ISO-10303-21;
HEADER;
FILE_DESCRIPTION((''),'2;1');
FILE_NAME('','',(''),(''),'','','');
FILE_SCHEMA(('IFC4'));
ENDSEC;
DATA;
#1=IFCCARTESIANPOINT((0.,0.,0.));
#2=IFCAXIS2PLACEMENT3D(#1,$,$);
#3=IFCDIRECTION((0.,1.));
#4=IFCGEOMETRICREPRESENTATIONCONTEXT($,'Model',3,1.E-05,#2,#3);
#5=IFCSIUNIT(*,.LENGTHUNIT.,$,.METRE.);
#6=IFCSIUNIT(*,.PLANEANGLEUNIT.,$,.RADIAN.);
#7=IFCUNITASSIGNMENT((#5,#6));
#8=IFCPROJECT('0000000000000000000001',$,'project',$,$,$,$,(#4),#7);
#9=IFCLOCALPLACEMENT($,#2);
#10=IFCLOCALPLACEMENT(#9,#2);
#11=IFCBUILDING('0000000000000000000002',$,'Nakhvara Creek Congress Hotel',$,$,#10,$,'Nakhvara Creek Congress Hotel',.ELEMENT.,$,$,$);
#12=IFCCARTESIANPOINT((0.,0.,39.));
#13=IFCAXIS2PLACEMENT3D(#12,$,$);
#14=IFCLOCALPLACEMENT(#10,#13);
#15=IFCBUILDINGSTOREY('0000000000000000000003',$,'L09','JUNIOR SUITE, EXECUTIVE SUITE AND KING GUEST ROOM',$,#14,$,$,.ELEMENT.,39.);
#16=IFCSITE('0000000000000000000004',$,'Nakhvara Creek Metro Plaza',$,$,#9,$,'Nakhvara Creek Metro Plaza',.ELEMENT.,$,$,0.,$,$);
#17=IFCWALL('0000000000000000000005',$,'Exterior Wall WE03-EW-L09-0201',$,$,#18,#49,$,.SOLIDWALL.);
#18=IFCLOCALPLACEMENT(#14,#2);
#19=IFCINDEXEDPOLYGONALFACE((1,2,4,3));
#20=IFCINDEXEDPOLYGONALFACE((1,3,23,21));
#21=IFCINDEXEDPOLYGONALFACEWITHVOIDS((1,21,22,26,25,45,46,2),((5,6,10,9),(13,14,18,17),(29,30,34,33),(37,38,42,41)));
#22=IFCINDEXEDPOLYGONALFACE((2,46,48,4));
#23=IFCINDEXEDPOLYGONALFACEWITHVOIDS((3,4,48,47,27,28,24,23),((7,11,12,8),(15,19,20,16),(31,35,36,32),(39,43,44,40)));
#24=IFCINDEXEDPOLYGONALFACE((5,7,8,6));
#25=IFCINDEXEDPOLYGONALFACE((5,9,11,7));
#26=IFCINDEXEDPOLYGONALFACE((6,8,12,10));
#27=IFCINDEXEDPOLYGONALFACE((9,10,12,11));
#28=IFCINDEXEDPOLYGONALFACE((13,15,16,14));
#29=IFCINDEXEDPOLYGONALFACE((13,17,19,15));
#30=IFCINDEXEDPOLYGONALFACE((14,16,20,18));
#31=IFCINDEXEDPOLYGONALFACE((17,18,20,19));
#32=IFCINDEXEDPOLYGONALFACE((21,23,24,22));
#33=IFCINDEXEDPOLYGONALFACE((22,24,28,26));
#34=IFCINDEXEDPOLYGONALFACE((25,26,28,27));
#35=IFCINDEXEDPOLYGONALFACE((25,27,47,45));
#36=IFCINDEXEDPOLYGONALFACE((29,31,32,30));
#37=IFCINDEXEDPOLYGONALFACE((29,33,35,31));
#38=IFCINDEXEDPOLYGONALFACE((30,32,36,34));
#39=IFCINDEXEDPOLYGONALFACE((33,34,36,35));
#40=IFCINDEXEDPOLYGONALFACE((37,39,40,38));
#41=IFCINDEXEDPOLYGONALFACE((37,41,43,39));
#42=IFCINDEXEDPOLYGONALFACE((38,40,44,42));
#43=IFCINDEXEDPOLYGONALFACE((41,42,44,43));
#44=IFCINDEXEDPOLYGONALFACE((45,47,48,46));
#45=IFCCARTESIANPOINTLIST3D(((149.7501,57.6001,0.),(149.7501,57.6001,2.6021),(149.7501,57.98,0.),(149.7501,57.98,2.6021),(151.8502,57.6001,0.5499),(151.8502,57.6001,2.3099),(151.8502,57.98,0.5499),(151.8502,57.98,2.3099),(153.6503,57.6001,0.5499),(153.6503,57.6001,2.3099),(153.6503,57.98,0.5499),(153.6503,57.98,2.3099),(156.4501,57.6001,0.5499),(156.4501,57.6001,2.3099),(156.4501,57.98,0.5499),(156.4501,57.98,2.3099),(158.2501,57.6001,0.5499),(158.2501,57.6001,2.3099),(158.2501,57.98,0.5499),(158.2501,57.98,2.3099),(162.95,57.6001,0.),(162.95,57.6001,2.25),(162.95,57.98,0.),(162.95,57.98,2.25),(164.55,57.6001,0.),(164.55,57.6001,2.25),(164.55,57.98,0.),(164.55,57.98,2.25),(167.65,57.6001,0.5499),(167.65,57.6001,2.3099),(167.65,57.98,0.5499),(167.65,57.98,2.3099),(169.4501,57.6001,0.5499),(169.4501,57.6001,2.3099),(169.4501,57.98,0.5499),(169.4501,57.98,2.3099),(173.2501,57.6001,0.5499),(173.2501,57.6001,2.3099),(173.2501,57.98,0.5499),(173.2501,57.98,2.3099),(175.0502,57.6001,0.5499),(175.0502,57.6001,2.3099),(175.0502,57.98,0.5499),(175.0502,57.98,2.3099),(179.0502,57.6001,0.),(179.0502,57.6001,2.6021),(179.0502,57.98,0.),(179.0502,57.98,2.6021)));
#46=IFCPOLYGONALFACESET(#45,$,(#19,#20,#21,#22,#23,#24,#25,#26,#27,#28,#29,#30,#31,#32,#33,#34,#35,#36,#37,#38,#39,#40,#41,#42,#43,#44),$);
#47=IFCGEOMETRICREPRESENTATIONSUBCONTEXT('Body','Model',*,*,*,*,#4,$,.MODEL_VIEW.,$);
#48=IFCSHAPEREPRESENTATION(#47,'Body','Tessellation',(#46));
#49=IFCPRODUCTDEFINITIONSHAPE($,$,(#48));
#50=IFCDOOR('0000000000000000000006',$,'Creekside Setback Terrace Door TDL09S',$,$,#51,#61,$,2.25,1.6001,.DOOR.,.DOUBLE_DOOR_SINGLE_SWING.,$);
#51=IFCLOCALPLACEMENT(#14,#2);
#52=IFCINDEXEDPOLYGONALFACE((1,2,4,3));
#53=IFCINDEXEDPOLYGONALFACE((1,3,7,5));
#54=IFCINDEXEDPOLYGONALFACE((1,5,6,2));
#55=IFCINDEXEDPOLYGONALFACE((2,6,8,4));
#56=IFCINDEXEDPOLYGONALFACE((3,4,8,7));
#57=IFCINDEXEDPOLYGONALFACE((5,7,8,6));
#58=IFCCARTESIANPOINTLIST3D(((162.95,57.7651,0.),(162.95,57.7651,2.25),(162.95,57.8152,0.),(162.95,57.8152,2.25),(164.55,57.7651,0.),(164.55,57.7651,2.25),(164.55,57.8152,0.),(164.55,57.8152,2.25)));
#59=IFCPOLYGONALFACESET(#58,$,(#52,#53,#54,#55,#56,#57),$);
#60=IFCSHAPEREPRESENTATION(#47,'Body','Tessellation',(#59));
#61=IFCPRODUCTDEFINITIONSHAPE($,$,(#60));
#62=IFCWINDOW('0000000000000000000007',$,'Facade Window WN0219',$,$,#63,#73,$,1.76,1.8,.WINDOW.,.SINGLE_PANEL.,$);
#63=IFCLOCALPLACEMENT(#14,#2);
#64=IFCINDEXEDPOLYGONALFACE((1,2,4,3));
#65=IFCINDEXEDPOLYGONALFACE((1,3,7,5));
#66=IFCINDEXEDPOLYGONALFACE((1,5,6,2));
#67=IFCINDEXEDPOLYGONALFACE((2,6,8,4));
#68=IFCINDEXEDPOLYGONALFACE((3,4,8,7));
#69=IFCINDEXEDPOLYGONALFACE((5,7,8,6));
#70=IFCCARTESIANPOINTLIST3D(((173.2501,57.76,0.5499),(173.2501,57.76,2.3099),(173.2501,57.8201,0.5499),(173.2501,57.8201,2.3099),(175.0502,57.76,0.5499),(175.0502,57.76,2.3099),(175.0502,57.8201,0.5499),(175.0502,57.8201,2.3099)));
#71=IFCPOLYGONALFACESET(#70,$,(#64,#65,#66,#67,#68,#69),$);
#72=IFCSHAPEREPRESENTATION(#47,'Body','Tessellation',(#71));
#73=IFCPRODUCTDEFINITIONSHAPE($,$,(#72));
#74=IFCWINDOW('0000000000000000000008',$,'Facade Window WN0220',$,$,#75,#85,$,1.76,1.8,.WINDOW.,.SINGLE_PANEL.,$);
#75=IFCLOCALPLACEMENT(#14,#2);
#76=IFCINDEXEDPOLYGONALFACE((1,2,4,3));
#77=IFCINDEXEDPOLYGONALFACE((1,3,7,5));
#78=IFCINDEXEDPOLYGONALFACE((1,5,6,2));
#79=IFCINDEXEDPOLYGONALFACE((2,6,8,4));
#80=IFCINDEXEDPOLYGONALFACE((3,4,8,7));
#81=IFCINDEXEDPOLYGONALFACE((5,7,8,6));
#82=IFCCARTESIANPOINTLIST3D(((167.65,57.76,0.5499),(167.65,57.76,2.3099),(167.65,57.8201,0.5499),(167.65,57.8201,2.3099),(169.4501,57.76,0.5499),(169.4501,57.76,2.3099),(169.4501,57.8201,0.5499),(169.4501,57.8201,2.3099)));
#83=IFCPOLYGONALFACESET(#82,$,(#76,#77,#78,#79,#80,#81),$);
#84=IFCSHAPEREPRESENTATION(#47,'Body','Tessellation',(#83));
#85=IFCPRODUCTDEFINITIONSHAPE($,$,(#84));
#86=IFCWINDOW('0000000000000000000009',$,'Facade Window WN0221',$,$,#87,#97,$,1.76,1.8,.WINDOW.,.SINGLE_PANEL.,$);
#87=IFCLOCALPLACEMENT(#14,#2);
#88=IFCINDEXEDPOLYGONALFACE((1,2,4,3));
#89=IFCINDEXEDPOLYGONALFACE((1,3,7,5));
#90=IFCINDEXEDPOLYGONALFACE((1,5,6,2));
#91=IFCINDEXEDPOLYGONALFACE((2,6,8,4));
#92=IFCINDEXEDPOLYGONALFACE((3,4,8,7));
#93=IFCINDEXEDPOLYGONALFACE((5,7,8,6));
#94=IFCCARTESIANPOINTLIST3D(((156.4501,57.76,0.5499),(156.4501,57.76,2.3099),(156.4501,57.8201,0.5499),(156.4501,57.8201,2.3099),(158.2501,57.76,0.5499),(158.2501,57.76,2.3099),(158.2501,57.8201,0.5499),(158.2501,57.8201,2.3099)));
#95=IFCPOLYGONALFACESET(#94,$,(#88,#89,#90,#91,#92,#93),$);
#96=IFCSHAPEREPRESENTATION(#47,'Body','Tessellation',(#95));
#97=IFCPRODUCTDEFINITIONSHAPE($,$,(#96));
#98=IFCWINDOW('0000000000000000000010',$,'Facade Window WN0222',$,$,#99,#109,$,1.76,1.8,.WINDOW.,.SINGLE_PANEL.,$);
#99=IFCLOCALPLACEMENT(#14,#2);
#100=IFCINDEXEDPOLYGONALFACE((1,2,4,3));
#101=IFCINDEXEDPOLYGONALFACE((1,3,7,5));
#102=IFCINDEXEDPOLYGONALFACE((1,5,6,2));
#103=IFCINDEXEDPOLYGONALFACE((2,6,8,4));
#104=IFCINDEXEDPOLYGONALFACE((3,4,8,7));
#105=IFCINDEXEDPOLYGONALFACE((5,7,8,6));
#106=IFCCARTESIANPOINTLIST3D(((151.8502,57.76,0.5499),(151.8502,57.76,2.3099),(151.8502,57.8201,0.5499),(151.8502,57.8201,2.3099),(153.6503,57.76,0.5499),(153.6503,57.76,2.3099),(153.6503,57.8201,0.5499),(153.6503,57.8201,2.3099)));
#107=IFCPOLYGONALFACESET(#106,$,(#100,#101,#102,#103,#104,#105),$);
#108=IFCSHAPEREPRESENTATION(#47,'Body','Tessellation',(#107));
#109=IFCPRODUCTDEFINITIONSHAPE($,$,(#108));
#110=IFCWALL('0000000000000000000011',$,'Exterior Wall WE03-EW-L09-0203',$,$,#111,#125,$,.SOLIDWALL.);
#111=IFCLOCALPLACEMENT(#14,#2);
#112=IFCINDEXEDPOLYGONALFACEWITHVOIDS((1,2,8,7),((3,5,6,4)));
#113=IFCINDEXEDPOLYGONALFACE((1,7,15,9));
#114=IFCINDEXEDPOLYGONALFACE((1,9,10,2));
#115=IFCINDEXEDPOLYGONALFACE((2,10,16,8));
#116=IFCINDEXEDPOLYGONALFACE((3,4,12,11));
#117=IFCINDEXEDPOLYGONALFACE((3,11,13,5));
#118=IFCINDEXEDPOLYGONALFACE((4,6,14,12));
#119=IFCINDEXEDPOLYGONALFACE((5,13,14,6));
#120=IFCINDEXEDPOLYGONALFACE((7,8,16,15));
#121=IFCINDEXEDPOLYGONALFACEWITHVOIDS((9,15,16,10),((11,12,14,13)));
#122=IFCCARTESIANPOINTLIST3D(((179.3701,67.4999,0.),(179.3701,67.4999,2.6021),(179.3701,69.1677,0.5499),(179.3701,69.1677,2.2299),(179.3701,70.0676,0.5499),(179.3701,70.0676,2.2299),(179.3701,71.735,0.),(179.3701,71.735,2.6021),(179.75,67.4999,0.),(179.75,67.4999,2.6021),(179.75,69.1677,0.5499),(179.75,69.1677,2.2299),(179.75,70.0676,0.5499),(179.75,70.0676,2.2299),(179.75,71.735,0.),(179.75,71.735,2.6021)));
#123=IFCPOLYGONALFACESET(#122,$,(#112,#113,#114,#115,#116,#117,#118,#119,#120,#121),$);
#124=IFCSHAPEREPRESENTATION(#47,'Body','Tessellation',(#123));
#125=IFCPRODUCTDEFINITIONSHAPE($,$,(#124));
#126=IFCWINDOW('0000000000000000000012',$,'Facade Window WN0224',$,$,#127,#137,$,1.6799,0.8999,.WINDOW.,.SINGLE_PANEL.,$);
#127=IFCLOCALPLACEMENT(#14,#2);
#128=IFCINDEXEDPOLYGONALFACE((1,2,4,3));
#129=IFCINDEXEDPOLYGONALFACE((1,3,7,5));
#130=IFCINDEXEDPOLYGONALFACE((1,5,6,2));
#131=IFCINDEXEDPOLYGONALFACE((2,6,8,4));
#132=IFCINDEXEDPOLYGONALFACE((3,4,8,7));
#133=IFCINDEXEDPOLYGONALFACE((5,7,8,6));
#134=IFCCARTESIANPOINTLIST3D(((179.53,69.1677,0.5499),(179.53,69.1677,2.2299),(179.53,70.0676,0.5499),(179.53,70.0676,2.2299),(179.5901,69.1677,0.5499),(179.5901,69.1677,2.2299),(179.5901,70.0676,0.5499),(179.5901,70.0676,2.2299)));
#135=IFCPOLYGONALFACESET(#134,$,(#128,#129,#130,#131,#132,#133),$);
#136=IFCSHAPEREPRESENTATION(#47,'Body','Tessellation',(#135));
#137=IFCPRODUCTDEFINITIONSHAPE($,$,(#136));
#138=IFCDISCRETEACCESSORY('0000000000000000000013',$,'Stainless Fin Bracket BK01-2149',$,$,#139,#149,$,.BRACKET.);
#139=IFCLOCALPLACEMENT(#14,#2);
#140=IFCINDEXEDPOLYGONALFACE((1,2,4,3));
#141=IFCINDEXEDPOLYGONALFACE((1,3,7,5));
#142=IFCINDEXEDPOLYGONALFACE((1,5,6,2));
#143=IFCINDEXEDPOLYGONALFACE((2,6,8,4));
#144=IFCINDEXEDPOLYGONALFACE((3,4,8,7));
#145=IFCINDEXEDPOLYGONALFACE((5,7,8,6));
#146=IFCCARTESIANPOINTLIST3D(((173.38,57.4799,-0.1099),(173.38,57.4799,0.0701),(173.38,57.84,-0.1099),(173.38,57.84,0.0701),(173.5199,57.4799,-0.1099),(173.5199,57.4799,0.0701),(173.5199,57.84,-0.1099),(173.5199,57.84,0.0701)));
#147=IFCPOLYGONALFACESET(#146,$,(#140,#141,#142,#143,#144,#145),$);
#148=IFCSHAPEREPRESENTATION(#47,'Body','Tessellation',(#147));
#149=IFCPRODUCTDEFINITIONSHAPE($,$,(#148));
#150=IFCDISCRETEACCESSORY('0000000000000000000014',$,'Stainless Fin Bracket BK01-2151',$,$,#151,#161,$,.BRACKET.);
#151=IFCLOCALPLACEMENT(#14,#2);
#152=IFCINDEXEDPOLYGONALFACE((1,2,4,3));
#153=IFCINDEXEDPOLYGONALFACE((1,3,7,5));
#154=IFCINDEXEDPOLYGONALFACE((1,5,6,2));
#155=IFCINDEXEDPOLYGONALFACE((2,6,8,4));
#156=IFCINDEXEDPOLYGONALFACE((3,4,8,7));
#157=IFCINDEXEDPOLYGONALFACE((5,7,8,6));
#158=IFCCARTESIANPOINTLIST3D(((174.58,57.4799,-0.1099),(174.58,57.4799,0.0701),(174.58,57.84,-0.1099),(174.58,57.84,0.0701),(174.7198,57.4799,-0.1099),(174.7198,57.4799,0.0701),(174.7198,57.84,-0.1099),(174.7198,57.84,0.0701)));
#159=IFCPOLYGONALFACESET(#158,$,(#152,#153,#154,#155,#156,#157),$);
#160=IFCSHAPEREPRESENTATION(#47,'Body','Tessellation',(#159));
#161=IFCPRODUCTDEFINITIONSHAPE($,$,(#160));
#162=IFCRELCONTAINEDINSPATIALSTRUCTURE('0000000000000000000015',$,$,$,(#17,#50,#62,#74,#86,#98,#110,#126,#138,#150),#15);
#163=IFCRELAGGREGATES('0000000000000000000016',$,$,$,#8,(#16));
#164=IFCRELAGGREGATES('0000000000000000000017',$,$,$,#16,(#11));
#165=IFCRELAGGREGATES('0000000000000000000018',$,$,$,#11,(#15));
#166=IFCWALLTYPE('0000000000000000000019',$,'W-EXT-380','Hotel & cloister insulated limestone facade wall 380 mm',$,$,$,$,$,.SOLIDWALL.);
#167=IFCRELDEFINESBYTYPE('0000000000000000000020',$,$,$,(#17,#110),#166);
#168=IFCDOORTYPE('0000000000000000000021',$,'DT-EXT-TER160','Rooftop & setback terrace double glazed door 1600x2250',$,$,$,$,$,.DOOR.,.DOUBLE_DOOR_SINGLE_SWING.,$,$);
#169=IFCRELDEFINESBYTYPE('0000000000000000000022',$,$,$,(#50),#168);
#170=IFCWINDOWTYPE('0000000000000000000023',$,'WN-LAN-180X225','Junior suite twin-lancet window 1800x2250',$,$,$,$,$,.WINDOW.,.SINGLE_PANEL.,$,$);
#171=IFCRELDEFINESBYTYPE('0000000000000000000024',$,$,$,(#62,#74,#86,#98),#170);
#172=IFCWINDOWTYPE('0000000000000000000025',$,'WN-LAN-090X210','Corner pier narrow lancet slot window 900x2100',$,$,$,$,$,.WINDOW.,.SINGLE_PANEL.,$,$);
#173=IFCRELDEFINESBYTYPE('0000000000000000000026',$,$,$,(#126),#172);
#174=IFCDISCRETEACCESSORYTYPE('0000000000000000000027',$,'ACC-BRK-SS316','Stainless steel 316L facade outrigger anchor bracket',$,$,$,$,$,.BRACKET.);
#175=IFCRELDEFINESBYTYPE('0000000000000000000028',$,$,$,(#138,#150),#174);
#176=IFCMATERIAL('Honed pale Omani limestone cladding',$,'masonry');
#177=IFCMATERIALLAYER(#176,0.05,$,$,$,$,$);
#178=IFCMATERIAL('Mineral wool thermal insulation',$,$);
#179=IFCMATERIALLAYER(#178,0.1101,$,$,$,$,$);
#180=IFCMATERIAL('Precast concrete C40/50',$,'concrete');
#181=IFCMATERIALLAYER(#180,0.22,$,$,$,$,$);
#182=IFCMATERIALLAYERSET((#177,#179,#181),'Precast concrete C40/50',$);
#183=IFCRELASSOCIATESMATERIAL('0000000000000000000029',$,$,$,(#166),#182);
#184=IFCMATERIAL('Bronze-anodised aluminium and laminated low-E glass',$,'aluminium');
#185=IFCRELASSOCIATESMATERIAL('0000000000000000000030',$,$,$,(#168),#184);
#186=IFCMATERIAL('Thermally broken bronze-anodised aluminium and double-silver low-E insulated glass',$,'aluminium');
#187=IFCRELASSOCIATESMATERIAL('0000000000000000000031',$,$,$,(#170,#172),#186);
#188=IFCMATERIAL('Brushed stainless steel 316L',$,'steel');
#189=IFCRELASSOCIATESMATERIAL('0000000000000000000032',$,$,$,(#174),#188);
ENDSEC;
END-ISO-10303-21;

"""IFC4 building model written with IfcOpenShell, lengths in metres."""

from ifc_helpers import new_model, si_unit, direction, frame, frame_2d, origin, origin_2d, place, context, subcontext, project, spatial, rectangle, extrude, material, layer, layer_set, type_object, element, fill, save


model = new_model("IFC4")

# Units and contexts
model_context = context("Model", 3, precision=1e-05, world=origin(), true_north=direction((0.0, 1.0)))
body_context = subcontext(model_context, "Body", "Model", "MODEL_VIEW")
ifc_project = project(units=[si_unit("LENGTHUNIT", "METRE"), si_unit("PLANEANGLEUNIT", "RADIAN")], contexts=[model_context])

# Site, building, storey
site_placement = place(None, origin())
site = spatial("IfcSite", under=ifc_project, at=site_placement, Name="Nakhvara Creek Metro Plaza", LongName="Nakhvara Creek Metro Plaza", CompositionType="ELEMENT", RefElevation=0.0)
building_placement = place(site_placement, origin())
building = spatial("IfcBuilding", under=site, at=building_placement, Name="Nakhvara Creek Congress Hotel", LongName="Nakhvara Creek Congress Hotel", CompositionType="ELEMENT")
storey_placement = place(building_placement, frame((0.0, 0.0, 39.0)))
storey = spatial("IfcBuildingStorey", under=building, at=storey_placement, Name="L09", Description="JUNIOR SUITE, EXECUTIVE SUITE AND KING GUEST ROOM", CompositionType="ELEMENT", Elevation=39.0)

# Wall, openings, door, windows
ifc_material_1 = material(Name="Honed pale Omani limestone cladding", Category="masonry")
ifc_layer_1 = layer(ifc_material_1, 0.05)
ifc_material_2 = material(Name="Mineral wool thermal insulation")
ifc_layer_2 = layer(ifc_material_2, 0.1101)
ifc_material_3 = material(Name="Precast concrete C40/50", Category="concrete")
ifc_layer_3 = layer(ifc_material_3, 0.22)
ifc_layer_set_1 = layer_set([ifc_layer_1, ifc_layer_2, ifc_layer_3], Name="Precast concrete C40/50")
wall_type = type_object("IfcWallType", Name="W-EXT-380", Description="Hotel & cloister insulated limestone facade wall 380 mm", PredefinedType="SOLIDWALL", material=ifc_layer_set_1)
wall_1_placement = place(storey_placement, frame((179.05, 57.79, 0.0), z_axis=(0.0, 0.0, 1.0), x_axis=(-1.0, 0.0, 0.0)))
wall_1 = element("IfcWall", 1, at=wall_1_placement, inside=storey, type_object=wall_type, Name="Exterior Wall WE03-EW-L09-0201", PredefinedType="SOLIDWALL", context=body_context, shape_type="SweptSolid", body=[
    extrude(rectangle(XDim=29.3, YDim=0.3799, at=frame_2d((14.6499, 0.0))), origin(), (0.0, 0.0, 1.0), 2.6021),
])
opening_1_placement = place(wall_1_placement, frame((14.5, 0.0, 0.0)))
opening_1 = element("IfcOpeningElement", 2, at=opening_1_placement, cuts=wall_1, PredefinedType="OPENING", context=body_context, shape_type="SweptSolid", body=[
    extrude(rectangle(XDim=1.6001, YDim=2.25, at=frame_2d((0.8, 1.125))), frame((0.0, 0.2019, 0.0), z_axis=(0.0, -1.0, 0.0), x_axis=(1.0, 0.0, 0.0)), (0.0, 0.0, 1.0), 0.4038),
])
opening_2_placement = place(wall_1_placement, frame((4.0, 0.0, 0.55)))
opening_2 = element("IfcOpeningElement", 3, at=opening_2_placement, cuts=wall_1, PredefinedType="OPENING", context=body_context, shape_type="SweptSolid", body=[
    extrude(rectangle(XDim=1.8, YDim=1.76, at=frame_2d((0.8999, 0.8799))), frame((0.0, 0.2019, 0.0), z_axis=(0.0, -1.0, 0.0), x_axis=(1.0, 0.0, 0.0)), (0.0, 0.0, 1.0), 0.4038),
])
opening_3_placement = place(wall_1_placement, frame((9.6001, 0.0, 0.55)))
opening_3 = element("IfcOpeningElement", 4, at=opening_3_placement, cuts=wall_1, PredefinedType="OPENING", context=body_context, shape_type="SweptSolid", body=[
    extrude(rectangle(XDim=1.8, YDim=1.76, at=frame_2d((0.8999, 0.8799))), frame((0.0, 0.2019, 0.0), z_axis=(0.0, -1.0, 0.0), x_axis=(1.0, 0.0, 0.0)), (0.0, 0.0, 1.0), 0.4038),
])
opening_4_placement = place(wall_1_placement, frame((20.8, 0.0, 0.55)))
opening_4 = element("IfcOpeningElement", 5, at=opening_4_placement, cuts=wall_1, PredefinedType="OPENING", context=body_context, shape_type="SweptSolid", body=[
    extrude(rectangle(XDim=1.8, YDim=1.76, at=frame_2d((0.8999, 0.8799))), frame((0.0, 0.2019, 0.0), z_axis=(0.0, -1.0, 0.0), x_axis=(1.0, 0.0, 0.0)), (0.0, 0.0, 1.0), 0.4038),
])
opening_5_placement = place(wall_1_placement, frame((25.3999, 0.0, 0.55)))
opening_5 = element("IfcOpeningElement", 6, at=opening_5_placement, cuts=wall_1, PredefinedType="OPENING", context=body_context, shape_type="SweptSolid", body=[
    extrude(rectangle(XDim=1.8, YDim=1.76, at=frame_2d((0.8999, 0.8799))), frame((0.0, 0.2019, 0.0), z_axis=(0.0, -1.0, 0.0), x_axis=(1.0, 0.0, 0.0)), (0.0, 0.0, 1.0), 0.4038),
])
ifc_material_4 = material(Name="Bronze-anodised aluminium and laminated low-E glass", Category="aluminium")
door_type = type_object("IfcDoorType", Name="DT-EXT-TER160", Description="Rooftop & setback terrace double glazed door 1600x2250", OperationType="DOUBLE_DOOR_SINGLE_SWING", PredefinedType="DOOR", material=ifc_material_4)
door_placement = place(opening_1_placement, origin())
door = element("IfcDoor", 7, at=door_placement, inside=storey, type_object=door_type, Name="Creekside Setback Terrace Door TDL09S", OperationType="DOUBLE_DOOR_SINGLE_SWING", OverallHeight=2.25, OverallWidth=1.6001, PredefinedType="DOOR", context=body_context, shape_type="SweptSolid", body=[
    extrude(rectangle(XDim=1.6001, YDim=2.25, at=frame_2d((0.8, 1.125))), frame((0.0, 0.0249, 0.0), z_axis=(0.0, -1.0, 0.0), x_axis=(1.0, 0.0, 0.0)), (0.0, 0.0, 1.0), 0.05),
])
fill(opening_1, door)
ifc_material_5 = material(Name="Thermally broken bronze-anodised aluminium and double-silver low-E insulated glass", Category="aluminium")
window_type_1 = type_object("IfcWindowType", Name="WN-LAN-180X225", Description="Junior suite twin-lancet window 1800x2250", PartitioningType="SINGLE_PANEL", PredefinedType="WINDOW", material=ifc_material_5)
window_1_placement = place(opening_2_placement, origin())
window_1 = element("IfcWindow", 8, at=window_1_placement, inside=storey, type_object=window_type_1, Name="Facade Window WN0219", OverallHeight=1.76, OverallWidth=1.8, PartitioningType="SINGLE_PANEL", PredefinedType="WINDOW", context=body_context, shape_type="SweptSolid", body=[
    extrude(rectangle(XDim=1.8, YDim=1.76, at=frame_2d((0.8999, 0.8799))), frame((0.0, 0.03, 0.0), z_axis=(0.0, -1.0, 0.0), x_axis=(1.0, 0.0, 0.0)), (0.0, 0.0, 1.0), 0.0601),
])
fill(opening_2, window_1)
window_2_placement = place(opening_3_placement, origin())
window_2 = element("IfcWindow", 9, at=window_2_placement, inside=storey, type_object=window_type_1, Name="Facade Window WN0220", OverallHeight=1.76, OverallWidth=1.8, PartitioningType="SINGLE_PANEL", PredefinedType="WINDOW", context=body_context, shape_type="SweptSolid", body=[
    extrude(rectangle(XDim=1.8, YDim=1.76, at=frame_2d((0.8999, 0.8799))), frame((0.0, 0.03, 0.0), z_axis=(0.0, -1.0, 0.0), x_axis=(1.0, 0.0, 0.0)), (0.0, 0.0, 1.0), 0.0601),
])
fill(opening_3, window_2)
window_3_placement = place(opening_4_placement, origin())
window_3 = element("IfcWindow", 10, at=window_3_placement, inside=storey, type_object=window_type_1, Name="Facade Window WN0221", OverallHeight=1.76, OverallWidth=1.8, PartitioningType="SINGLE_PANEL", PredefinedType="WINDOW", context=body_context, shape_type="SweptSolid", body=[
    extrude(rectangle(XDim=1.8, YDim=1.76, at=frame_2d((0.8999, 0.8799))), frame((0.0, 0.03, 0.0), z_axis=(0.0, -1.0, 0.0), x_axis=(1.0, 0.0, 0.0)), (0.0, 0.0, 1.0), 0.0601),
])
fill(opening_4, window_3)
window_4_placement = place(opening_5_placement, origin())
window_4 = element("IfcWindow", 11, at=window_4_placement, inside=storey, type_object=window_type_1, Name="Facade Window WN0222", OverallHeight=1.76, OverallWidth=1.8, PartitioningType="SINGLE_PANEL", PredefinedType="WINDOW", context=body_context, shape_type="SweptSolid", body=[
    extrude(rectangle(XDim=1.8, YDim=1.76, at=frame_2d((0.8999, 0.8799))), frame((0.0, 0.03, 0.0), z_axis=(0.0, -1.0, 0.0), x_axis=(1.0, 0.0, 0.0)), (0.0, 0.0, 1.0), 0.0601),
])
fill(opening_5, window_4)

# Wall, opening, window
wall_2_placement = place(storey_placement, frame((179.5601, 71.7351, 0.0), z_axis=(0.0, 0.0, 1.0), x_axis=(0.0, -1.0, 0.0)))
wall_2 = element("IfcWall", 12, at=wall_2_placement, inside=storey, type_object=wall_type, Name="Exterior Wall WE03-EW-L09-0203", PredefinedType="SOLIDWALL", context=body_context, shape_type="SweptSolid", body=[
    extrude(rectangle(XDim=4.2351, YDim=0.3799, at=frame_2d((2.1177, 0.0))), origin(), (0.0, 0.0, 1.0), 2.6021),
])
opening_6_placement = place(wall_2_placement, frame((1.6675, 0.0, 0.55)))
opening_6 = element("IfcOpeningElement", 13, at=opening_6_placement, cuts=wall_2, PredefinedType="OPENING", context=body_context, shape_type="SweptSolid", body=[
    extrude(rectangle(XDim=0.8999, YDim=1.6799, at=frame_2d((0.45, 0.8398))), frame((0.0, 0.2019, 0.0), z_axis=(0.0, -1.0, 0.0), x_axis=(1.0, 0.0, 0.0)), (0.0, 0.0, 1.0), 0.4038),
])
window_type_2 = type_object("IfcWindowType", Name="WN-LAN-090X210", Description="Corner pier narrow lancet slot window 900x2100", PartitioningType="SINGLE_PANEL", PredefinedType="WINDOW", material=ifc_material_5)
window_5_placement = place(opening_6_placement, origin())
window_5 = element("IfcWindow", 14, at=window_5_placement, inside=storey, type_object=window_type_2, Name="Facade Window WN0224", OverallHeight=1.6799, OverallWidth=0.8999, PartitioningType="SINGLE_PANEL", PredefinedType="WINDOW", context=body_context, shape_type="SweptSolid", body=[
    extrude(rectangle(XDim=0.8999, YDim=1.6799, at=frame_2d((0.45, 0.8398))), frame((0.0, 0.03, 0.0), z_axis=(0.0, -1.0, 0.0), x_axis=(1.0, 0.0, 0.0)), (0.0, 0.0, 1.0), 0.0601),
])
fill(opening_6, window_5)

# Discrete accessories
ifc_material_6 = material(Name="Brushed stainless steel 316L", Category="steel")
discrete_accessory_type = type_object("IfcDiscreteAccessoryType", Name="ACC-BRK-SS316", Description="Stainless steel 316L facade outrigger anchor bracket", PredefinedType="BRACKET", material=ifc_material_6)
for number, where, z_axis, x_axis, name in (
    (15, (173.45, 57.6599, -0.1099), (0.0, 0.0, 1.0), (1.0, 0.0, 0.0), "Stainless Fin Bracket BK01-2149"),
    (16, (174.6499, 57.6599, -0.1099), (0.0, 0.0, 1.0), (1.0, 0.0, 0.0), "Stainless Fin Bracket BK01-2151"),
):
    element("IfcDiscreteAccessory", number, at=place(storey_placement, frame(where, z_axis=z_axis, x_axis=x_axis)), inside=storey, type_object=discrete_accessory_type, Name=name, PredefinedType="BRACKET", context=body_context, shape_type="SweptSolid", body=[
        extrude(rectangle(XDim=0.1399, YDim=0.3601, at=origin_2d()), origin(), (0.0, 0.0, 1.0), 0.1799),
    ])

save(model, "model.ifc")
